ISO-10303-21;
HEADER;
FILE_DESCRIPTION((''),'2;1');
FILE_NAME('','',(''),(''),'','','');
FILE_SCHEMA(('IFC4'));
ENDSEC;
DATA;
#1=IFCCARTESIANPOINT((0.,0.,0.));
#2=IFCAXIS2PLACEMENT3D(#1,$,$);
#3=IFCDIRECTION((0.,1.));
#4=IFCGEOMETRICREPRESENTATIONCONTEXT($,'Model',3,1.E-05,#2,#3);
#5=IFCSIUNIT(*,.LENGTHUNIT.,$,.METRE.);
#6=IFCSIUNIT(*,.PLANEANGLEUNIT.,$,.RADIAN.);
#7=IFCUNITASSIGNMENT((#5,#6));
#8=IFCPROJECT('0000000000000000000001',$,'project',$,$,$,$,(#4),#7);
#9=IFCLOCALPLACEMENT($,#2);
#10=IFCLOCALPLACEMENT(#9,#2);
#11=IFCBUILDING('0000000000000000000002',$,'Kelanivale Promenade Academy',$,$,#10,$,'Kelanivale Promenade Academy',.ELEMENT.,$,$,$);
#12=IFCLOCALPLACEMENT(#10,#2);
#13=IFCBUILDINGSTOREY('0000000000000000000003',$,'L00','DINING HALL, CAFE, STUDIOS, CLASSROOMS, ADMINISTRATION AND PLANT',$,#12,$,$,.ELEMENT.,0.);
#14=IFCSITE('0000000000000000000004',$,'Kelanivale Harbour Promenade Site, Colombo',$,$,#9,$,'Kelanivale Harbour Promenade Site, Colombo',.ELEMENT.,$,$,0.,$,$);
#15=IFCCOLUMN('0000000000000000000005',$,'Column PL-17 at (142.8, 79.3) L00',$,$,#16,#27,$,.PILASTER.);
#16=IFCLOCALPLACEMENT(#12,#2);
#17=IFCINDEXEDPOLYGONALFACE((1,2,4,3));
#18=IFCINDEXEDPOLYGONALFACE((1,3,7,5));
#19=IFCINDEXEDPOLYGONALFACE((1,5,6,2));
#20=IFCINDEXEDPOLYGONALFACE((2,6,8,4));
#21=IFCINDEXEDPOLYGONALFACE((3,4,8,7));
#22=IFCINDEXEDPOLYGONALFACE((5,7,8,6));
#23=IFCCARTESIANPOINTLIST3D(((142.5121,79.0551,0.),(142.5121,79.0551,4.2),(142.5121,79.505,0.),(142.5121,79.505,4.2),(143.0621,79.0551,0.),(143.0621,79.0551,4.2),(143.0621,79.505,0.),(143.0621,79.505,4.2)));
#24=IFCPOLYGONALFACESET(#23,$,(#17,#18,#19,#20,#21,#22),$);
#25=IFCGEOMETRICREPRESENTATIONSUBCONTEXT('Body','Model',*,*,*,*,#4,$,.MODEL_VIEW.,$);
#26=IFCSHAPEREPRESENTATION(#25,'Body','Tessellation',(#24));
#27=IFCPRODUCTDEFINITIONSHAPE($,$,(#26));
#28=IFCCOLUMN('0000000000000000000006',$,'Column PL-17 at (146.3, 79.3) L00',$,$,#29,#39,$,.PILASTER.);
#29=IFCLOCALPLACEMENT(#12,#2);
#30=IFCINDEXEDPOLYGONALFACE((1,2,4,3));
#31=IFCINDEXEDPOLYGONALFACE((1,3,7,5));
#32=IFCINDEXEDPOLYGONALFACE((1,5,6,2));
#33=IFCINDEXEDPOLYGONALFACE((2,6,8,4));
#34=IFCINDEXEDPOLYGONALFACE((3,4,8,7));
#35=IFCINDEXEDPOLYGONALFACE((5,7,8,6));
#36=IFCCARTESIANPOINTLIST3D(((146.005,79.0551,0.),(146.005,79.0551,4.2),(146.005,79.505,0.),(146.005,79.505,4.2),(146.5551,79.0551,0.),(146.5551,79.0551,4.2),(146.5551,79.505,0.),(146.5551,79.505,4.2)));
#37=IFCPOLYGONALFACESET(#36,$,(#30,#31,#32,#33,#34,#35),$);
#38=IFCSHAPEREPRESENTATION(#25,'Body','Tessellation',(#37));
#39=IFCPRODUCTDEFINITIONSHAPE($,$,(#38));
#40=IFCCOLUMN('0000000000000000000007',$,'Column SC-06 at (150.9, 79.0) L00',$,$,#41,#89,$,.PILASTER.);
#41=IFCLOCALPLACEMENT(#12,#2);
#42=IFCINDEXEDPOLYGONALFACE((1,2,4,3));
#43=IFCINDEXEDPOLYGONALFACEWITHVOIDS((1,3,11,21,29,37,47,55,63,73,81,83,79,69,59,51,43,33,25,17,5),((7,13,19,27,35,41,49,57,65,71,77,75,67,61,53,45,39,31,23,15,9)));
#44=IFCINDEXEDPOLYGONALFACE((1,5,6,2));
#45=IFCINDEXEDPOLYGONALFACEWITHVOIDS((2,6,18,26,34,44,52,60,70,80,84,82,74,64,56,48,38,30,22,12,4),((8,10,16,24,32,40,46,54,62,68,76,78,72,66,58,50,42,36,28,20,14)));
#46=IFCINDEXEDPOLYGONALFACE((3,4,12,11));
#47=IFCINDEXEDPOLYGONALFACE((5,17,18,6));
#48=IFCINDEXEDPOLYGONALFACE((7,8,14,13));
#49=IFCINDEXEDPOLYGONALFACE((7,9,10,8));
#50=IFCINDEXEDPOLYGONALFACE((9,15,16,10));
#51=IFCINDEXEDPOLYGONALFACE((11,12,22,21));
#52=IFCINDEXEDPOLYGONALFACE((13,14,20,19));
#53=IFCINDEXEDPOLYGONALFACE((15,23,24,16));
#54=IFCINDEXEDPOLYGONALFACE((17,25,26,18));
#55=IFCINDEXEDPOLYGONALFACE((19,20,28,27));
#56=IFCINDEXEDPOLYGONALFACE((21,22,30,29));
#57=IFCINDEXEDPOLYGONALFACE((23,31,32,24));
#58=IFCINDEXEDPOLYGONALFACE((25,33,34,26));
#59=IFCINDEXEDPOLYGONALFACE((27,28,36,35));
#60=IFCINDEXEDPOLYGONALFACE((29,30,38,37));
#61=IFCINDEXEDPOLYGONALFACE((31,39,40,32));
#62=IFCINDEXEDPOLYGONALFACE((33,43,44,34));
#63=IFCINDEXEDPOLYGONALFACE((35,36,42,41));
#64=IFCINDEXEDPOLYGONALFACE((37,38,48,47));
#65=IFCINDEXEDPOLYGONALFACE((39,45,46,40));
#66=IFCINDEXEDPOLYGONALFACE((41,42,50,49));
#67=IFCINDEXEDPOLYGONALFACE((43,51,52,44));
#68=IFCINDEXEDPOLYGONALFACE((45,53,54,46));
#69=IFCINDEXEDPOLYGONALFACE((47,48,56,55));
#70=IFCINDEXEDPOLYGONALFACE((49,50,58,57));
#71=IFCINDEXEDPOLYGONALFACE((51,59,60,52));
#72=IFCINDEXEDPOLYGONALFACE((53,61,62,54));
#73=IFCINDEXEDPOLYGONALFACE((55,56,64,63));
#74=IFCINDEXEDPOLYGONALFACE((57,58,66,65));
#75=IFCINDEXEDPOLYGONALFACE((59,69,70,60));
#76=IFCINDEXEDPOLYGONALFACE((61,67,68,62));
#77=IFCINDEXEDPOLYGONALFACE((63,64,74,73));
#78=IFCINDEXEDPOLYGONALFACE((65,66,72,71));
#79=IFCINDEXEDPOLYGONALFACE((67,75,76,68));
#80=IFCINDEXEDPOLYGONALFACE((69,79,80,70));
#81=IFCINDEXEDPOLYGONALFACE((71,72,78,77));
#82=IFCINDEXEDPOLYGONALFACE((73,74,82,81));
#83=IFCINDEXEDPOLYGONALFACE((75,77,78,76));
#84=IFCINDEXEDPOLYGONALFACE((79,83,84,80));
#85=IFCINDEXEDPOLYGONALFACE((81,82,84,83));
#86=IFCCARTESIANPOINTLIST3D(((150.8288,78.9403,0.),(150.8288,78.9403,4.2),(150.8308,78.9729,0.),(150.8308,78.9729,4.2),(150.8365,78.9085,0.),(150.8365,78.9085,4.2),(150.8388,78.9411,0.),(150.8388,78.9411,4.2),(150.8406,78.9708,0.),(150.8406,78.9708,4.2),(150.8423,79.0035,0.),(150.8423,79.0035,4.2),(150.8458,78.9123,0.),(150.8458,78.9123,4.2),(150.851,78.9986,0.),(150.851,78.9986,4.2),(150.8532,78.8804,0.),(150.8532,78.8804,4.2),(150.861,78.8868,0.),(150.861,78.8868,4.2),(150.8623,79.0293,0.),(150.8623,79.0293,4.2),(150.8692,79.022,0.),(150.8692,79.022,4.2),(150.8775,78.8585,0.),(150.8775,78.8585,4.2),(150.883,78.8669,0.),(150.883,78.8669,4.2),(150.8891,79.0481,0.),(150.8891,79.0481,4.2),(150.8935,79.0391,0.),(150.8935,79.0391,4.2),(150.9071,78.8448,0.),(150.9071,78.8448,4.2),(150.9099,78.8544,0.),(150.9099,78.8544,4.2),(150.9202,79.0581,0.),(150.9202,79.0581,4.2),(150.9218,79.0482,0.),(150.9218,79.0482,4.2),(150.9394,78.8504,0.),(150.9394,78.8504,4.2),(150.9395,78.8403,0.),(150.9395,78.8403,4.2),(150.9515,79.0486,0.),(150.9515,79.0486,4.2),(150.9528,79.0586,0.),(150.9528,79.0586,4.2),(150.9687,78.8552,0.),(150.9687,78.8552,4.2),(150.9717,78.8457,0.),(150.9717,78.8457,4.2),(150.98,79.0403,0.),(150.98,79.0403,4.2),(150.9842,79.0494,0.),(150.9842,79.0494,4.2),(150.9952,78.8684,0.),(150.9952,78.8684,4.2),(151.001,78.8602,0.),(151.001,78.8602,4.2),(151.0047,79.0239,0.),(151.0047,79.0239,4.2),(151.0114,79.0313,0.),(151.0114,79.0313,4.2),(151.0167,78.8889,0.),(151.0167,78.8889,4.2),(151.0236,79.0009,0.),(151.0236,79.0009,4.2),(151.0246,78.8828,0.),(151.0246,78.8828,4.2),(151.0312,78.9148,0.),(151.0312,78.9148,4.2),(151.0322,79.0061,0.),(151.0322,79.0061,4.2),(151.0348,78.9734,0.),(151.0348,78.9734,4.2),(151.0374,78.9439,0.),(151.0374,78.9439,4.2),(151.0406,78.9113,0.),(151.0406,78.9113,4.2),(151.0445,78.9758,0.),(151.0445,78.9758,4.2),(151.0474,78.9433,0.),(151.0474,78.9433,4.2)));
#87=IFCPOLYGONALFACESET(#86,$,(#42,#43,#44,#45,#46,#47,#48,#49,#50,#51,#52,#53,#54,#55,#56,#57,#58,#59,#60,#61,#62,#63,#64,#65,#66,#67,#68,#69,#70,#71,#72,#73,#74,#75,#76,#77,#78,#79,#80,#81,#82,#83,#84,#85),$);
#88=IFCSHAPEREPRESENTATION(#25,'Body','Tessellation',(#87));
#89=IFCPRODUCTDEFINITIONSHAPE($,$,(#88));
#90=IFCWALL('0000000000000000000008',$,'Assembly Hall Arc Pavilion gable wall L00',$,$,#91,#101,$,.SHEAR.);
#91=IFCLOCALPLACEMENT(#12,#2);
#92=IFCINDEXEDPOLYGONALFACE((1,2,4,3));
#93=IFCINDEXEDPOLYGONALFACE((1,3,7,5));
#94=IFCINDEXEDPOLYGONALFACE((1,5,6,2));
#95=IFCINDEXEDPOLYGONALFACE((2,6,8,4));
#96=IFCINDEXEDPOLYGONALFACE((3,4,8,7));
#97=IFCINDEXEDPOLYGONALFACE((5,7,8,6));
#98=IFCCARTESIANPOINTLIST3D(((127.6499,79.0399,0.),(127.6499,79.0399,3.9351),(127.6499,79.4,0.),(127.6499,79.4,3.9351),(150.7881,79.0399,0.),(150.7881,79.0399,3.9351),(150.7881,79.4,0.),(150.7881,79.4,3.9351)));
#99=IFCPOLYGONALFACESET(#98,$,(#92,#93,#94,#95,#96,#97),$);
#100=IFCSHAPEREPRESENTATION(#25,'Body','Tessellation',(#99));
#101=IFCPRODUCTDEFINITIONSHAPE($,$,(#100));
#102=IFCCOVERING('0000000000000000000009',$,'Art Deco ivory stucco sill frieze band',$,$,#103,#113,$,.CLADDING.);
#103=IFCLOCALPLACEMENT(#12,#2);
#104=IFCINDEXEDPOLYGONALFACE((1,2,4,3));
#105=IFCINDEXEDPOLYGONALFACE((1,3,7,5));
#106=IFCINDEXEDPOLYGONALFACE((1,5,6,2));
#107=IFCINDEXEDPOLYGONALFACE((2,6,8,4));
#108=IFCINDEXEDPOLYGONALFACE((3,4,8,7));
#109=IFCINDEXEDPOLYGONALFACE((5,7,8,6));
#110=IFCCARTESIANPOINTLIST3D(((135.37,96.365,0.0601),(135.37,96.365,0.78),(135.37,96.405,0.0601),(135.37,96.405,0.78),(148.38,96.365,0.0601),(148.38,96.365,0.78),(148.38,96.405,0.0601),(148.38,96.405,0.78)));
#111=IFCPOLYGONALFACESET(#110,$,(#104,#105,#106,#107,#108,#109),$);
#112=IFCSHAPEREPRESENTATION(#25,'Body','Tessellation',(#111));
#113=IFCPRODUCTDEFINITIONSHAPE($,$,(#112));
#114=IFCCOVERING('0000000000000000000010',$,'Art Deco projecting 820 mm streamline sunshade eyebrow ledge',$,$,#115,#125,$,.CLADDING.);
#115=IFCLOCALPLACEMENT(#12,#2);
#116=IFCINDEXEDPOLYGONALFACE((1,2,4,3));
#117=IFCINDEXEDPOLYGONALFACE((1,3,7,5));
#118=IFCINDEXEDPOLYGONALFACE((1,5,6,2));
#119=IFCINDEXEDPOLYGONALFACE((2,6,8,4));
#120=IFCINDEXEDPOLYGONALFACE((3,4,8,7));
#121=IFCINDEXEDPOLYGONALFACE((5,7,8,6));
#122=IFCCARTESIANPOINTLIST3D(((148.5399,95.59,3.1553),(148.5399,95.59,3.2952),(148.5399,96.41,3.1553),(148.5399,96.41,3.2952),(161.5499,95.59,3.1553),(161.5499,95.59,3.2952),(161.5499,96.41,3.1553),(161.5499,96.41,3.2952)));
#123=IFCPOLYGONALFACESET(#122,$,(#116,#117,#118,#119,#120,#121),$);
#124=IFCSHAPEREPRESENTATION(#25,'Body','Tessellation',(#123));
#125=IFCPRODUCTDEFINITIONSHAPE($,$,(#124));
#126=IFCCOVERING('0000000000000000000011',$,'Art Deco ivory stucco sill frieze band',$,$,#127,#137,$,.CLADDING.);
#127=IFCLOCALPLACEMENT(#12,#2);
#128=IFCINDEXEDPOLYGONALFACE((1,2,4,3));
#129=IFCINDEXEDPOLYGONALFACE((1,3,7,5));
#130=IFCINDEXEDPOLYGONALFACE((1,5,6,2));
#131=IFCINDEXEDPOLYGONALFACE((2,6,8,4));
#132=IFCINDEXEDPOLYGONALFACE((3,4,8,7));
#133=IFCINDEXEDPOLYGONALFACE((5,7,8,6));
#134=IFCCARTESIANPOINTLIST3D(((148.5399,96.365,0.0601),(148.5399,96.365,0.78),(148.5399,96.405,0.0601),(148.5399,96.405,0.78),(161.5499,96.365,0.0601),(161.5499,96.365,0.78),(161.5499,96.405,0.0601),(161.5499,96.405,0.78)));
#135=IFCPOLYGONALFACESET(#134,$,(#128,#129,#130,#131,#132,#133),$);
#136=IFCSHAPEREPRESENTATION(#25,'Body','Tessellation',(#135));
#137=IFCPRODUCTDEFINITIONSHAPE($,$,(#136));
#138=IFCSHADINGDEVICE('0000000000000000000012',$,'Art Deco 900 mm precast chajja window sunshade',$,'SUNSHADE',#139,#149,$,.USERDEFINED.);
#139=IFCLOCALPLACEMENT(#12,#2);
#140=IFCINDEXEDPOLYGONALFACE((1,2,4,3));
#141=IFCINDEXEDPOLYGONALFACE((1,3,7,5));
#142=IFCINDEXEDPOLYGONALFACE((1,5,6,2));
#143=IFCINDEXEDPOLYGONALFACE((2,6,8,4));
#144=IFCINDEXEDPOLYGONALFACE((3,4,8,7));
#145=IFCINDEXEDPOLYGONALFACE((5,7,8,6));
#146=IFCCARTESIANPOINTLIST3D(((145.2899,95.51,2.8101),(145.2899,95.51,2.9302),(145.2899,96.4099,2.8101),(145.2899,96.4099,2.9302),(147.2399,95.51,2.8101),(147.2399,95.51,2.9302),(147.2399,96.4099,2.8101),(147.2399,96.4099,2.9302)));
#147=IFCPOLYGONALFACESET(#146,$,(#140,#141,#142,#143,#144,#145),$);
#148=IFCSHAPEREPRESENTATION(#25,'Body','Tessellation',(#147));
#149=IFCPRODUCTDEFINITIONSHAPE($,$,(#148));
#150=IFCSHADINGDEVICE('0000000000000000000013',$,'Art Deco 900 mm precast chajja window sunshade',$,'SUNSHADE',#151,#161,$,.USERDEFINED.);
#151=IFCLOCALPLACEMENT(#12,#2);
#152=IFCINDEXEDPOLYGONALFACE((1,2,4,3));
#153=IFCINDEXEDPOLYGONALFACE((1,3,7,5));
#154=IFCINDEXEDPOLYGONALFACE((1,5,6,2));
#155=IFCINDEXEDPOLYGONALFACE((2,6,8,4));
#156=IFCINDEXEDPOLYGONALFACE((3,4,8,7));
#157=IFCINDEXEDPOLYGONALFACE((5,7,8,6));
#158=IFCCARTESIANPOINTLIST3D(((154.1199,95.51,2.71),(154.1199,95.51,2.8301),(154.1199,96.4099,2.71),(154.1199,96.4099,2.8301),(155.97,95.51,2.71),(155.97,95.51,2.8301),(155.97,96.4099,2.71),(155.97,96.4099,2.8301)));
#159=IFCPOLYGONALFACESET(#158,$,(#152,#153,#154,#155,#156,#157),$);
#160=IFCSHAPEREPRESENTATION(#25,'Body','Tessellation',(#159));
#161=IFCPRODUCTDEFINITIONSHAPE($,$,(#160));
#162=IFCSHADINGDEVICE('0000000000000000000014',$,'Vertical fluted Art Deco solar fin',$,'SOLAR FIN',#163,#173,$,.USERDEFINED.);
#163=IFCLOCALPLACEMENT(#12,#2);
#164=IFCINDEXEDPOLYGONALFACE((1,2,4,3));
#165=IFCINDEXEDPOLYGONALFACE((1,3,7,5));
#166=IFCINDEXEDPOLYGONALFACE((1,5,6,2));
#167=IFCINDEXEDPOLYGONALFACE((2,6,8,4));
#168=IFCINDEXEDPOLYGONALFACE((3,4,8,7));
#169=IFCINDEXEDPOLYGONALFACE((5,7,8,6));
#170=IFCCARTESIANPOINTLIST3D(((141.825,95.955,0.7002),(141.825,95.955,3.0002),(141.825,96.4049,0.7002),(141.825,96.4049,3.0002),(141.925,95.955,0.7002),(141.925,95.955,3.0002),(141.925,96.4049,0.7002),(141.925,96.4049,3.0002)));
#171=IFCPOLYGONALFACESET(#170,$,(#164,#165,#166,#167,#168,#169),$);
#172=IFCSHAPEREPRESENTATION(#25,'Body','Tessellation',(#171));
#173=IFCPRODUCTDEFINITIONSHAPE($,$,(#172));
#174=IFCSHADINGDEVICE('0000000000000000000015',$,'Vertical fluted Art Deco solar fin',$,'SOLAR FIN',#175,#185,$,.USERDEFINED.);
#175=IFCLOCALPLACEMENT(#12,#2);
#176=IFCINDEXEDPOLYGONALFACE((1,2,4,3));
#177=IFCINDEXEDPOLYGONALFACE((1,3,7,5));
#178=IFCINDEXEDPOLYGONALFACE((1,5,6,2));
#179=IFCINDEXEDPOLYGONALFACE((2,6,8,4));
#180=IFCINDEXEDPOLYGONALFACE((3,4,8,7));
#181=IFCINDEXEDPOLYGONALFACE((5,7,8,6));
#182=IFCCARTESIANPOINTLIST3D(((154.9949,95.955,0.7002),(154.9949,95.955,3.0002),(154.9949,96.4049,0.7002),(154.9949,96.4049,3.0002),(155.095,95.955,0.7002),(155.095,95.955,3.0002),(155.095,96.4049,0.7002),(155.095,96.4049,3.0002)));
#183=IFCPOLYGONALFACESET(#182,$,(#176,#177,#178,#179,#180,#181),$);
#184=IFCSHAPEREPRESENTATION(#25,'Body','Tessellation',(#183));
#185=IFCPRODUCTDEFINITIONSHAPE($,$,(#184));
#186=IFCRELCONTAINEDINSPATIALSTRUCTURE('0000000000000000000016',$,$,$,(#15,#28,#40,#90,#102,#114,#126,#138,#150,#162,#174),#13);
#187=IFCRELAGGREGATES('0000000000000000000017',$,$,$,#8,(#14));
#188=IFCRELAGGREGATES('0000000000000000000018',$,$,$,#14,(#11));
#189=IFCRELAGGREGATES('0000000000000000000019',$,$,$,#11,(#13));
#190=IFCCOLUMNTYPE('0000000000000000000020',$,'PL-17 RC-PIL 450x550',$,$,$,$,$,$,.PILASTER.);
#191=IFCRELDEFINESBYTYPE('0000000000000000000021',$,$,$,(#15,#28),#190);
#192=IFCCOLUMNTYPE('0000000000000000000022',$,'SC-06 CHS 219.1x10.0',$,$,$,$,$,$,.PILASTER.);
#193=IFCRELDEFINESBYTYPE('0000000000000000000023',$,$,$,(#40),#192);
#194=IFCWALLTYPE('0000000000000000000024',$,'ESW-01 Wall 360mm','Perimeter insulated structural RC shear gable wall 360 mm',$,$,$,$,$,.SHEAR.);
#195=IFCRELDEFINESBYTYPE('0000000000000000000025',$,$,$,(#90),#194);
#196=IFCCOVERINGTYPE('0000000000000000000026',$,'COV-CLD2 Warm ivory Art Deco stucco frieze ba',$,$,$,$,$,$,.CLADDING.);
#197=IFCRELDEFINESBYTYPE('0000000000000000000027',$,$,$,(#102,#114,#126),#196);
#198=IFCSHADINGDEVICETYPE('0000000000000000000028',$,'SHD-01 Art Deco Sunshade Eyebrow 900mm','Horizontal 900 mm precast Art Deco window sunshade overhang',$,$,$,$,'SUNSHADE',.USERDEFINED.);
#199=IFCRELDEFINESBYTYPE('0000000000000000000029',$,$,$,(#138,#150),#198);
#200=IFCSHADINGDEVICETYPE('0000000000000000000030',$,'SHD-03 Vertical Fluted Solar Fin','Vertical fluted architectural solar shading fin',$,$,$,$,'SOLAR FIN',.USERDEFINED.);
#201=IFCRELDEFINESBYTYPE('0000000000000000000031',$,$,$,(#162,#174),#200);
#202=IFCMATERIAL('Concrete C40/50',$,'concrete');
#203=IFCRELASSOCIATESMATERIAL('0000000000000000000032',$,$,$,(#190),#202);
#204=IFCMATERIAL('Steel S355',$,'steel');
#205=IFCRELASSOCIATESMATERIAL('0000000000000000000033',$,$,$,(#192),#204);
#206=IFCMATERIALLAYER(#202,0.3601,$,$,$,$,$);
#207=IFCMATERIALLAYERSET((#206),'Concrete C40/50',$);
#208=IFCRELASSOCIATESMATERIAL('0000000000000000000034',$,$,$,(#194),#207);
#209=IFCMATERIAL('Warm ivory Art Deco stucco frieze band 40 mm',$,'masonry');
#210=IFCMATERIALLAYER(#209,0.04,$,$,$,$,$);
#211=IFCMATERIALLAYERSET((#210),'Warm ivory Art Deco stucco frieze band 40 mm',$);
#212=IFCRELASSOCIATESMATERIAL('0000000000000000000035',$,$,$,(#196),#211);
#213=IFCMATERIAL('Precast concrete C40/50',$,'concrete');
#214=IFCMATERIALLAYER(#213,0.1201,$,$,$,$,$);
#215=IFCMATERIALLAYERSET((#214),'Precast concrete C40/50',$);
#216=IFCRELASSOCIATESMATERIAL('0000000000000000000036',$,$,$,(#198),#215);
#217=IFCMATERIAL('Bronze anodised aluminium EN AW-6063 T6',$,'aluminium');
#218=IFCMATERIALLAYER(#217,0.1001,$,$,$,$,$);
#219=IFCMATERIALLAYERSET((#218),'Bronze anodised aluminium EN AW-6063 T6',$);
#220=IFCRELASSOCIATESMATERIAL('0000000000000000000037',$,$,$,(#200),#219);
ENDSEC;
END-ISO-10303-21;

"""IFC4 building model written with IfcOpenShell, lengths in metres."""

from ifc_helpers import new_model, si_unit, direction, frame, frame_2d, origin, origin_2d, place, context, subcontext, project, spatial, rectangle, hollow_circle, extrude, material, layer, layer_set, material_profile, profile_set, type_object, element, save


model = new_model("IFC4")

# Units and contexts
model_context = context("Model", 3, precision=1e-05, world=origin(), true_north=direction((0.0, 1.0)))
body_context = subcontext(model_context, "Body", "Model", "MODEL_VIEW")
ifc_project = project(units=[si_unit("LENGTHUNIT", "METRE"), si_unit("PLANEANGLEUNIT", "RADIAN")], contexts=[model_context])

# Site, building, storey
site_placement = place(None, origin())
site = spatial("IfcSite", under=ifc_project, at=site_placement, Name="Kelanivale Harbour Promenade Site, Colombo", LongName="Kelanivale Harbour Promenade Site, Colombo", CompositionType="ELEMENT", RefElevation=0.0)
building_placement = place(site_placement, origin())
building = spatial("IfcBuilding", under=site, at=building_placement, Name="Kelanivale Promenade Academy", LongName="Kelanivale Promenade Academy", CompositionType="ELEMENT")
storey_placement = place(building_placement, origin())
storey = spatial("IfcBuildingStorey", under=building, at=storey_placement, Name="L00", Description="DINING HALL, CAFE, STUDIOS, CLASSROOMS, ADMINISTRATION AND PLANT", CompositionType="ELEMENT", Elevation=0.0)

# Columns
ifc_material_1 = material(Name="Concrete C40/50", Category="concrete")
ifc_material_profile_1 = material_profile(ifc_material_1, rectangle(XDim=0.45, YDim=0.55, at=origin_2d()), Name="RC-PIL 450x550")
ifc_profile_set_1 = profile_set([ifc_material_profile_1], Name="Concrete C40/50")
column_type_1 = type_object("IfcColumnType", Name="PL-17 RC-PIL 450x550", PredefinedType="PILASTER", material=ifc_profile_set_1)
for number, where, z_axis, x_axis, name in (
    (1, (142.7871, 79.28, 0.0), (0.0, 0.0, 1.0), (0.0, 1.0, 0.0), "Column PL-17 at (142.8, 79.3) L00"),
    (2, (146.28, 79.28, 0.0), (0.0, 0.0, 1.0), (0.0, 1.0, 0.0), "Column PL-17 at (146.3, 79.3) L00"),
):
    element("IfcColumn", number, at=place(storey_placement, frame(where, z_axis=z_axis, x_axis=x_axis)), inside=storey, type_object=column_type_1, Name=name, PredefinedType="PILASTER", context=body_context, shape_type="SweptSolid", body=[
        extrude(rectangle(XDim=0.45, YDim=0.55, at=origin_2d()), origin(), (0.0, 0.0, 1.0), 4.2),
    ])
ifc_material_2 = material(Name="Steel S355", Category="steel")
ifc_material_profile_2 = material_profile(ifc_material_2, hollow_circle(Radius=0.1096, WallThickness=0.01, at=origin_2d()), Name="CHS 219.1x10.0")
ifc_profile_set_2 = profile_set([ifc_material_profile_2], Name="Steel S355")
column_type_2 = type_object("IfcColumnType", Name="SC-06 CHS 219.1x10.0", PredefinedType="PILASTER", material=ifc_profile_set_2)
column_placement = place(storey_placement, frame((150.938, 78.95, 0.0), z_axis=(0.0, 0.0, 1.0), x_axis=(-0.446198, 0.894934, 0.0)))
element("IfcColumn", 3, at=column_placement, inside=storey, type_object=column_type_2, Name="Column SC-06 at (150.9, 79.0) L00", PredefinedType="PILASTER", context=body_context, shape_type="SweptSolid", body=[
    extrude(hollow_circle(Radius=0.1096, WallThickness=0.01, at=origin_2d()), origin(), (0.0, 0.0, 1.0), 4.2),
])

# Wall
ifc_layer_1 = layer(ifc_material_1, 0.3601)
ifc_layer_set_1 = layer_set([ifc_layer_1], Name="Concrete C40/50")
wall_type = type_object("IfcWallType", Name="ESW-01 Wall 360mm", Description="Perimeter insulated structural RC shear gable wall 360 mm", PredefinedType="SHEAR", material=ifc_layer_set_1)
wall_placement = place(storey_placement, frame((150.7881, 79.22, 0.0), z_axis=(0.0, 0.0, 1.0), x_axis=(-1.0, 0.0, 0.0)))
element("IfcWall", 4, at=wall_placement, inside=storey, type_object=wall_type, Name="Assembly Hall Arc Pavilion gable wall L00", PredefinedType="SHEAR", context=body_context, shape_type="SweptSolid", body=[
    extrude(rectangle(XDim=23.1382, YDim=0.3601, at=frame_2d((11.5691, 0.0))), origin(), (0.0, 0.0, 1.0), 3.9351),
])

# Coverings
ifc_material_3 = material(Name="Warm ivory Art Deco stucco frieze band 40 mm", Category="masonry")
ifc_layer_2 = layer(ifc_material_3, 0.04)
ifc_layer_set_2 = layer_set([ifc_layer_2], Name="Warm ivory Art Deco stucco frieze band 40 mm")
covering_type = type_object("IfcCoveringType", Name="COV-CLD2 Warm ivory Art Deco stucco frieze ba", PredefinedType="CLADDING", material=ifc_layer_set_2)
covering_1_placement = place(storey_placement, frame((141.875, 96.385, 0.0601), z_axis=(0.0, 0.0, 1.0), x_axis=(1.0, 0.0, 0.0)))
element("IfcCovering", 5, at=covering_1_placement, inside=storey, type_object=covering_type, Name="Art Deco ivory stucco sill frieze band", PredefinedType="CLADDING", context=body_context, shape_type="SweptSolid", body=[
    extrude(rectangle(XDim=13.01, YDim=0.04, at=origin_2d()), origin(), (0.0, 0.0, 1.0), 0.72),
])
covering_2_placement = place(storey_placement, frame((155.0449, 96.0, 3.1553), z_axis=(0.0, 0.0, 1.0), x_axis=(1.0, 0.0, 0.0)))
element("IfcCovering", 6, at=covering_2_placement, inside=storey, type_object=covering_type, Name="Art Deco projecting 820 mm streamline sunshade eyebrow ledge", PredefinedType="CLADDING", context=body_context, shape_type="SweptSolid", body=[
    extrude(rectangle(XDim=13.01, YDim=0.8201, at=origin_2d()), origin(), (0.0, 0.0, 1.0), 0.1399),
])
covering_3_placement = place(storey_placement, frame((155.0449, 96.385, 0.0601), z_axis=(0.0, 0.0, 1.0), x_axis=(1.0, 0.0, 0.0)))
element("IfcCovering", 7, at=covering_3_placement, inside=storey, type_object=covering_type, Name="Art Deco ivory stucco sill frieze band", PredefinedType="CLADDING", context=body_context, shape_type="SweptSolid", body=[
    extrude(rectangle(XDim=13.01, YDim=0.04, at=origin_2d()), origin(), (0.0, 0.0, 1.0), 0.72),
])

# Shading devices
ifc_material_4 = material(Name="Precast concrete C40/50", Category="concrete")
ifc_layer_3 = layer(ifc_material_4, 0.1201)
ifc_layer_set_3 = layer_set([ifc_layer_3], Name="Precast concrete C40/50")
shading_device_type_1 = type_object("IfcShadingDeviceType", Name="SHD-01 Art Deco Sunshade Eyebrow 900mm", Description="Horizontal 900 mm precast Art Deco window sunshade overhang", ElementType="SUNSHADE", PredefinedType="USERDEFINED", material=ifc_layer_set_3)
shading_device_1_placement = place(storey_placement, frame((146.2649, 95.96, 2.8101), z_axis=(0.0, 0.0, 1.0), x_axis=(1.0, 0.0, 0.0)))
element("IfcShadingDevice", 8, at=shading_device_1_placement, inside=storey, type_object=shading_device_type_1, Name="Art Deco 900 mm precast chajja window sunshade", ObjectType="SUNSHADE", PredefinedType="USERDEFINED", context=body_context, shape_type="SweptSolid", body=[
    extrude(rectangle(XDim=1.95, YDim=0.8999, at=origin_2d()), origin(), (0.0, 0.0, 1.0), 0.1201),
])
shading_device_2_placement = place(storey_placement, frame((155.0449, 95.96, 2.71), z_axis=(0.0, 0.0, 1.0), x_axis=(1.0, 0.0, 0.0)))
element("IfcShadingDevice", 9, at=shading_device_2_placement, inside=storey, type_object=shading_device_type_1, Name="Art Deco 900 mm precast chajja window sunshade", ObjectType="SUNSHADE", PredefinedType="USERDEFINED", context=body_context, shape_type="SweptSolid", body=[
    extrude(rectangle(XDim=1.8501, YDim=0.8999, at=origin_2d()), origin(), (0.0, 0.0, 1.0), 0.1201),
])
ifc_material_5 = material(Name="Bronze anodised aluminium EN AW-6063 T6", Category="aluminium")
ifc_layer_4 = layer(ifc_material_5, 0.1001)
ifc_layer_set_4 = layer_set([ifc_layer_4], Name="Bronze anodised aluminium EN AW-6063 T6")
shading_device_type_2 = type_object("IfcShadingDeviceType", Name="SHD-03 Vertical Fluted Solar Fin", Description="Vertical fluted architectural solar shading fin", ElementType="SOLAR FIN", PredefinedType="USERDEFINED", material=ifc_layer_set_4)
for number, where, z_axis, x_axis, name in (
    (10, (141.875, 96.1799, 0.7002), (0.0, 0.0, 1.0), (1.0, 0.0, 0.0), "Vertical fluted Art Deco solar fin"),
    (11, (155.0449, 96.1799, 0.7002), (0.0, 0.0, 1.0), (1.0, 0.0, 0.0), "Vertical fluted Art Deco solar fin"),
):
    element("IfcShadingDevice", number, at=place(storey_placement, frame(where, z_axis=z_axis, x_axis=x_axis)), inside=storey, type_object=shading_device_type_2, Name=name, ObjectType="SOLAR FIN", PredefinedType="USERDEFINED", context=body_context, shape_type="SweptSolid", body=[
        extrude(rectangle(XDim=0.1001, YDim=0.45, at=origin_2d()), origin(), (0.0, 0.0, 1.0), 2.3),
    ])

save(model, "model.ifc")
